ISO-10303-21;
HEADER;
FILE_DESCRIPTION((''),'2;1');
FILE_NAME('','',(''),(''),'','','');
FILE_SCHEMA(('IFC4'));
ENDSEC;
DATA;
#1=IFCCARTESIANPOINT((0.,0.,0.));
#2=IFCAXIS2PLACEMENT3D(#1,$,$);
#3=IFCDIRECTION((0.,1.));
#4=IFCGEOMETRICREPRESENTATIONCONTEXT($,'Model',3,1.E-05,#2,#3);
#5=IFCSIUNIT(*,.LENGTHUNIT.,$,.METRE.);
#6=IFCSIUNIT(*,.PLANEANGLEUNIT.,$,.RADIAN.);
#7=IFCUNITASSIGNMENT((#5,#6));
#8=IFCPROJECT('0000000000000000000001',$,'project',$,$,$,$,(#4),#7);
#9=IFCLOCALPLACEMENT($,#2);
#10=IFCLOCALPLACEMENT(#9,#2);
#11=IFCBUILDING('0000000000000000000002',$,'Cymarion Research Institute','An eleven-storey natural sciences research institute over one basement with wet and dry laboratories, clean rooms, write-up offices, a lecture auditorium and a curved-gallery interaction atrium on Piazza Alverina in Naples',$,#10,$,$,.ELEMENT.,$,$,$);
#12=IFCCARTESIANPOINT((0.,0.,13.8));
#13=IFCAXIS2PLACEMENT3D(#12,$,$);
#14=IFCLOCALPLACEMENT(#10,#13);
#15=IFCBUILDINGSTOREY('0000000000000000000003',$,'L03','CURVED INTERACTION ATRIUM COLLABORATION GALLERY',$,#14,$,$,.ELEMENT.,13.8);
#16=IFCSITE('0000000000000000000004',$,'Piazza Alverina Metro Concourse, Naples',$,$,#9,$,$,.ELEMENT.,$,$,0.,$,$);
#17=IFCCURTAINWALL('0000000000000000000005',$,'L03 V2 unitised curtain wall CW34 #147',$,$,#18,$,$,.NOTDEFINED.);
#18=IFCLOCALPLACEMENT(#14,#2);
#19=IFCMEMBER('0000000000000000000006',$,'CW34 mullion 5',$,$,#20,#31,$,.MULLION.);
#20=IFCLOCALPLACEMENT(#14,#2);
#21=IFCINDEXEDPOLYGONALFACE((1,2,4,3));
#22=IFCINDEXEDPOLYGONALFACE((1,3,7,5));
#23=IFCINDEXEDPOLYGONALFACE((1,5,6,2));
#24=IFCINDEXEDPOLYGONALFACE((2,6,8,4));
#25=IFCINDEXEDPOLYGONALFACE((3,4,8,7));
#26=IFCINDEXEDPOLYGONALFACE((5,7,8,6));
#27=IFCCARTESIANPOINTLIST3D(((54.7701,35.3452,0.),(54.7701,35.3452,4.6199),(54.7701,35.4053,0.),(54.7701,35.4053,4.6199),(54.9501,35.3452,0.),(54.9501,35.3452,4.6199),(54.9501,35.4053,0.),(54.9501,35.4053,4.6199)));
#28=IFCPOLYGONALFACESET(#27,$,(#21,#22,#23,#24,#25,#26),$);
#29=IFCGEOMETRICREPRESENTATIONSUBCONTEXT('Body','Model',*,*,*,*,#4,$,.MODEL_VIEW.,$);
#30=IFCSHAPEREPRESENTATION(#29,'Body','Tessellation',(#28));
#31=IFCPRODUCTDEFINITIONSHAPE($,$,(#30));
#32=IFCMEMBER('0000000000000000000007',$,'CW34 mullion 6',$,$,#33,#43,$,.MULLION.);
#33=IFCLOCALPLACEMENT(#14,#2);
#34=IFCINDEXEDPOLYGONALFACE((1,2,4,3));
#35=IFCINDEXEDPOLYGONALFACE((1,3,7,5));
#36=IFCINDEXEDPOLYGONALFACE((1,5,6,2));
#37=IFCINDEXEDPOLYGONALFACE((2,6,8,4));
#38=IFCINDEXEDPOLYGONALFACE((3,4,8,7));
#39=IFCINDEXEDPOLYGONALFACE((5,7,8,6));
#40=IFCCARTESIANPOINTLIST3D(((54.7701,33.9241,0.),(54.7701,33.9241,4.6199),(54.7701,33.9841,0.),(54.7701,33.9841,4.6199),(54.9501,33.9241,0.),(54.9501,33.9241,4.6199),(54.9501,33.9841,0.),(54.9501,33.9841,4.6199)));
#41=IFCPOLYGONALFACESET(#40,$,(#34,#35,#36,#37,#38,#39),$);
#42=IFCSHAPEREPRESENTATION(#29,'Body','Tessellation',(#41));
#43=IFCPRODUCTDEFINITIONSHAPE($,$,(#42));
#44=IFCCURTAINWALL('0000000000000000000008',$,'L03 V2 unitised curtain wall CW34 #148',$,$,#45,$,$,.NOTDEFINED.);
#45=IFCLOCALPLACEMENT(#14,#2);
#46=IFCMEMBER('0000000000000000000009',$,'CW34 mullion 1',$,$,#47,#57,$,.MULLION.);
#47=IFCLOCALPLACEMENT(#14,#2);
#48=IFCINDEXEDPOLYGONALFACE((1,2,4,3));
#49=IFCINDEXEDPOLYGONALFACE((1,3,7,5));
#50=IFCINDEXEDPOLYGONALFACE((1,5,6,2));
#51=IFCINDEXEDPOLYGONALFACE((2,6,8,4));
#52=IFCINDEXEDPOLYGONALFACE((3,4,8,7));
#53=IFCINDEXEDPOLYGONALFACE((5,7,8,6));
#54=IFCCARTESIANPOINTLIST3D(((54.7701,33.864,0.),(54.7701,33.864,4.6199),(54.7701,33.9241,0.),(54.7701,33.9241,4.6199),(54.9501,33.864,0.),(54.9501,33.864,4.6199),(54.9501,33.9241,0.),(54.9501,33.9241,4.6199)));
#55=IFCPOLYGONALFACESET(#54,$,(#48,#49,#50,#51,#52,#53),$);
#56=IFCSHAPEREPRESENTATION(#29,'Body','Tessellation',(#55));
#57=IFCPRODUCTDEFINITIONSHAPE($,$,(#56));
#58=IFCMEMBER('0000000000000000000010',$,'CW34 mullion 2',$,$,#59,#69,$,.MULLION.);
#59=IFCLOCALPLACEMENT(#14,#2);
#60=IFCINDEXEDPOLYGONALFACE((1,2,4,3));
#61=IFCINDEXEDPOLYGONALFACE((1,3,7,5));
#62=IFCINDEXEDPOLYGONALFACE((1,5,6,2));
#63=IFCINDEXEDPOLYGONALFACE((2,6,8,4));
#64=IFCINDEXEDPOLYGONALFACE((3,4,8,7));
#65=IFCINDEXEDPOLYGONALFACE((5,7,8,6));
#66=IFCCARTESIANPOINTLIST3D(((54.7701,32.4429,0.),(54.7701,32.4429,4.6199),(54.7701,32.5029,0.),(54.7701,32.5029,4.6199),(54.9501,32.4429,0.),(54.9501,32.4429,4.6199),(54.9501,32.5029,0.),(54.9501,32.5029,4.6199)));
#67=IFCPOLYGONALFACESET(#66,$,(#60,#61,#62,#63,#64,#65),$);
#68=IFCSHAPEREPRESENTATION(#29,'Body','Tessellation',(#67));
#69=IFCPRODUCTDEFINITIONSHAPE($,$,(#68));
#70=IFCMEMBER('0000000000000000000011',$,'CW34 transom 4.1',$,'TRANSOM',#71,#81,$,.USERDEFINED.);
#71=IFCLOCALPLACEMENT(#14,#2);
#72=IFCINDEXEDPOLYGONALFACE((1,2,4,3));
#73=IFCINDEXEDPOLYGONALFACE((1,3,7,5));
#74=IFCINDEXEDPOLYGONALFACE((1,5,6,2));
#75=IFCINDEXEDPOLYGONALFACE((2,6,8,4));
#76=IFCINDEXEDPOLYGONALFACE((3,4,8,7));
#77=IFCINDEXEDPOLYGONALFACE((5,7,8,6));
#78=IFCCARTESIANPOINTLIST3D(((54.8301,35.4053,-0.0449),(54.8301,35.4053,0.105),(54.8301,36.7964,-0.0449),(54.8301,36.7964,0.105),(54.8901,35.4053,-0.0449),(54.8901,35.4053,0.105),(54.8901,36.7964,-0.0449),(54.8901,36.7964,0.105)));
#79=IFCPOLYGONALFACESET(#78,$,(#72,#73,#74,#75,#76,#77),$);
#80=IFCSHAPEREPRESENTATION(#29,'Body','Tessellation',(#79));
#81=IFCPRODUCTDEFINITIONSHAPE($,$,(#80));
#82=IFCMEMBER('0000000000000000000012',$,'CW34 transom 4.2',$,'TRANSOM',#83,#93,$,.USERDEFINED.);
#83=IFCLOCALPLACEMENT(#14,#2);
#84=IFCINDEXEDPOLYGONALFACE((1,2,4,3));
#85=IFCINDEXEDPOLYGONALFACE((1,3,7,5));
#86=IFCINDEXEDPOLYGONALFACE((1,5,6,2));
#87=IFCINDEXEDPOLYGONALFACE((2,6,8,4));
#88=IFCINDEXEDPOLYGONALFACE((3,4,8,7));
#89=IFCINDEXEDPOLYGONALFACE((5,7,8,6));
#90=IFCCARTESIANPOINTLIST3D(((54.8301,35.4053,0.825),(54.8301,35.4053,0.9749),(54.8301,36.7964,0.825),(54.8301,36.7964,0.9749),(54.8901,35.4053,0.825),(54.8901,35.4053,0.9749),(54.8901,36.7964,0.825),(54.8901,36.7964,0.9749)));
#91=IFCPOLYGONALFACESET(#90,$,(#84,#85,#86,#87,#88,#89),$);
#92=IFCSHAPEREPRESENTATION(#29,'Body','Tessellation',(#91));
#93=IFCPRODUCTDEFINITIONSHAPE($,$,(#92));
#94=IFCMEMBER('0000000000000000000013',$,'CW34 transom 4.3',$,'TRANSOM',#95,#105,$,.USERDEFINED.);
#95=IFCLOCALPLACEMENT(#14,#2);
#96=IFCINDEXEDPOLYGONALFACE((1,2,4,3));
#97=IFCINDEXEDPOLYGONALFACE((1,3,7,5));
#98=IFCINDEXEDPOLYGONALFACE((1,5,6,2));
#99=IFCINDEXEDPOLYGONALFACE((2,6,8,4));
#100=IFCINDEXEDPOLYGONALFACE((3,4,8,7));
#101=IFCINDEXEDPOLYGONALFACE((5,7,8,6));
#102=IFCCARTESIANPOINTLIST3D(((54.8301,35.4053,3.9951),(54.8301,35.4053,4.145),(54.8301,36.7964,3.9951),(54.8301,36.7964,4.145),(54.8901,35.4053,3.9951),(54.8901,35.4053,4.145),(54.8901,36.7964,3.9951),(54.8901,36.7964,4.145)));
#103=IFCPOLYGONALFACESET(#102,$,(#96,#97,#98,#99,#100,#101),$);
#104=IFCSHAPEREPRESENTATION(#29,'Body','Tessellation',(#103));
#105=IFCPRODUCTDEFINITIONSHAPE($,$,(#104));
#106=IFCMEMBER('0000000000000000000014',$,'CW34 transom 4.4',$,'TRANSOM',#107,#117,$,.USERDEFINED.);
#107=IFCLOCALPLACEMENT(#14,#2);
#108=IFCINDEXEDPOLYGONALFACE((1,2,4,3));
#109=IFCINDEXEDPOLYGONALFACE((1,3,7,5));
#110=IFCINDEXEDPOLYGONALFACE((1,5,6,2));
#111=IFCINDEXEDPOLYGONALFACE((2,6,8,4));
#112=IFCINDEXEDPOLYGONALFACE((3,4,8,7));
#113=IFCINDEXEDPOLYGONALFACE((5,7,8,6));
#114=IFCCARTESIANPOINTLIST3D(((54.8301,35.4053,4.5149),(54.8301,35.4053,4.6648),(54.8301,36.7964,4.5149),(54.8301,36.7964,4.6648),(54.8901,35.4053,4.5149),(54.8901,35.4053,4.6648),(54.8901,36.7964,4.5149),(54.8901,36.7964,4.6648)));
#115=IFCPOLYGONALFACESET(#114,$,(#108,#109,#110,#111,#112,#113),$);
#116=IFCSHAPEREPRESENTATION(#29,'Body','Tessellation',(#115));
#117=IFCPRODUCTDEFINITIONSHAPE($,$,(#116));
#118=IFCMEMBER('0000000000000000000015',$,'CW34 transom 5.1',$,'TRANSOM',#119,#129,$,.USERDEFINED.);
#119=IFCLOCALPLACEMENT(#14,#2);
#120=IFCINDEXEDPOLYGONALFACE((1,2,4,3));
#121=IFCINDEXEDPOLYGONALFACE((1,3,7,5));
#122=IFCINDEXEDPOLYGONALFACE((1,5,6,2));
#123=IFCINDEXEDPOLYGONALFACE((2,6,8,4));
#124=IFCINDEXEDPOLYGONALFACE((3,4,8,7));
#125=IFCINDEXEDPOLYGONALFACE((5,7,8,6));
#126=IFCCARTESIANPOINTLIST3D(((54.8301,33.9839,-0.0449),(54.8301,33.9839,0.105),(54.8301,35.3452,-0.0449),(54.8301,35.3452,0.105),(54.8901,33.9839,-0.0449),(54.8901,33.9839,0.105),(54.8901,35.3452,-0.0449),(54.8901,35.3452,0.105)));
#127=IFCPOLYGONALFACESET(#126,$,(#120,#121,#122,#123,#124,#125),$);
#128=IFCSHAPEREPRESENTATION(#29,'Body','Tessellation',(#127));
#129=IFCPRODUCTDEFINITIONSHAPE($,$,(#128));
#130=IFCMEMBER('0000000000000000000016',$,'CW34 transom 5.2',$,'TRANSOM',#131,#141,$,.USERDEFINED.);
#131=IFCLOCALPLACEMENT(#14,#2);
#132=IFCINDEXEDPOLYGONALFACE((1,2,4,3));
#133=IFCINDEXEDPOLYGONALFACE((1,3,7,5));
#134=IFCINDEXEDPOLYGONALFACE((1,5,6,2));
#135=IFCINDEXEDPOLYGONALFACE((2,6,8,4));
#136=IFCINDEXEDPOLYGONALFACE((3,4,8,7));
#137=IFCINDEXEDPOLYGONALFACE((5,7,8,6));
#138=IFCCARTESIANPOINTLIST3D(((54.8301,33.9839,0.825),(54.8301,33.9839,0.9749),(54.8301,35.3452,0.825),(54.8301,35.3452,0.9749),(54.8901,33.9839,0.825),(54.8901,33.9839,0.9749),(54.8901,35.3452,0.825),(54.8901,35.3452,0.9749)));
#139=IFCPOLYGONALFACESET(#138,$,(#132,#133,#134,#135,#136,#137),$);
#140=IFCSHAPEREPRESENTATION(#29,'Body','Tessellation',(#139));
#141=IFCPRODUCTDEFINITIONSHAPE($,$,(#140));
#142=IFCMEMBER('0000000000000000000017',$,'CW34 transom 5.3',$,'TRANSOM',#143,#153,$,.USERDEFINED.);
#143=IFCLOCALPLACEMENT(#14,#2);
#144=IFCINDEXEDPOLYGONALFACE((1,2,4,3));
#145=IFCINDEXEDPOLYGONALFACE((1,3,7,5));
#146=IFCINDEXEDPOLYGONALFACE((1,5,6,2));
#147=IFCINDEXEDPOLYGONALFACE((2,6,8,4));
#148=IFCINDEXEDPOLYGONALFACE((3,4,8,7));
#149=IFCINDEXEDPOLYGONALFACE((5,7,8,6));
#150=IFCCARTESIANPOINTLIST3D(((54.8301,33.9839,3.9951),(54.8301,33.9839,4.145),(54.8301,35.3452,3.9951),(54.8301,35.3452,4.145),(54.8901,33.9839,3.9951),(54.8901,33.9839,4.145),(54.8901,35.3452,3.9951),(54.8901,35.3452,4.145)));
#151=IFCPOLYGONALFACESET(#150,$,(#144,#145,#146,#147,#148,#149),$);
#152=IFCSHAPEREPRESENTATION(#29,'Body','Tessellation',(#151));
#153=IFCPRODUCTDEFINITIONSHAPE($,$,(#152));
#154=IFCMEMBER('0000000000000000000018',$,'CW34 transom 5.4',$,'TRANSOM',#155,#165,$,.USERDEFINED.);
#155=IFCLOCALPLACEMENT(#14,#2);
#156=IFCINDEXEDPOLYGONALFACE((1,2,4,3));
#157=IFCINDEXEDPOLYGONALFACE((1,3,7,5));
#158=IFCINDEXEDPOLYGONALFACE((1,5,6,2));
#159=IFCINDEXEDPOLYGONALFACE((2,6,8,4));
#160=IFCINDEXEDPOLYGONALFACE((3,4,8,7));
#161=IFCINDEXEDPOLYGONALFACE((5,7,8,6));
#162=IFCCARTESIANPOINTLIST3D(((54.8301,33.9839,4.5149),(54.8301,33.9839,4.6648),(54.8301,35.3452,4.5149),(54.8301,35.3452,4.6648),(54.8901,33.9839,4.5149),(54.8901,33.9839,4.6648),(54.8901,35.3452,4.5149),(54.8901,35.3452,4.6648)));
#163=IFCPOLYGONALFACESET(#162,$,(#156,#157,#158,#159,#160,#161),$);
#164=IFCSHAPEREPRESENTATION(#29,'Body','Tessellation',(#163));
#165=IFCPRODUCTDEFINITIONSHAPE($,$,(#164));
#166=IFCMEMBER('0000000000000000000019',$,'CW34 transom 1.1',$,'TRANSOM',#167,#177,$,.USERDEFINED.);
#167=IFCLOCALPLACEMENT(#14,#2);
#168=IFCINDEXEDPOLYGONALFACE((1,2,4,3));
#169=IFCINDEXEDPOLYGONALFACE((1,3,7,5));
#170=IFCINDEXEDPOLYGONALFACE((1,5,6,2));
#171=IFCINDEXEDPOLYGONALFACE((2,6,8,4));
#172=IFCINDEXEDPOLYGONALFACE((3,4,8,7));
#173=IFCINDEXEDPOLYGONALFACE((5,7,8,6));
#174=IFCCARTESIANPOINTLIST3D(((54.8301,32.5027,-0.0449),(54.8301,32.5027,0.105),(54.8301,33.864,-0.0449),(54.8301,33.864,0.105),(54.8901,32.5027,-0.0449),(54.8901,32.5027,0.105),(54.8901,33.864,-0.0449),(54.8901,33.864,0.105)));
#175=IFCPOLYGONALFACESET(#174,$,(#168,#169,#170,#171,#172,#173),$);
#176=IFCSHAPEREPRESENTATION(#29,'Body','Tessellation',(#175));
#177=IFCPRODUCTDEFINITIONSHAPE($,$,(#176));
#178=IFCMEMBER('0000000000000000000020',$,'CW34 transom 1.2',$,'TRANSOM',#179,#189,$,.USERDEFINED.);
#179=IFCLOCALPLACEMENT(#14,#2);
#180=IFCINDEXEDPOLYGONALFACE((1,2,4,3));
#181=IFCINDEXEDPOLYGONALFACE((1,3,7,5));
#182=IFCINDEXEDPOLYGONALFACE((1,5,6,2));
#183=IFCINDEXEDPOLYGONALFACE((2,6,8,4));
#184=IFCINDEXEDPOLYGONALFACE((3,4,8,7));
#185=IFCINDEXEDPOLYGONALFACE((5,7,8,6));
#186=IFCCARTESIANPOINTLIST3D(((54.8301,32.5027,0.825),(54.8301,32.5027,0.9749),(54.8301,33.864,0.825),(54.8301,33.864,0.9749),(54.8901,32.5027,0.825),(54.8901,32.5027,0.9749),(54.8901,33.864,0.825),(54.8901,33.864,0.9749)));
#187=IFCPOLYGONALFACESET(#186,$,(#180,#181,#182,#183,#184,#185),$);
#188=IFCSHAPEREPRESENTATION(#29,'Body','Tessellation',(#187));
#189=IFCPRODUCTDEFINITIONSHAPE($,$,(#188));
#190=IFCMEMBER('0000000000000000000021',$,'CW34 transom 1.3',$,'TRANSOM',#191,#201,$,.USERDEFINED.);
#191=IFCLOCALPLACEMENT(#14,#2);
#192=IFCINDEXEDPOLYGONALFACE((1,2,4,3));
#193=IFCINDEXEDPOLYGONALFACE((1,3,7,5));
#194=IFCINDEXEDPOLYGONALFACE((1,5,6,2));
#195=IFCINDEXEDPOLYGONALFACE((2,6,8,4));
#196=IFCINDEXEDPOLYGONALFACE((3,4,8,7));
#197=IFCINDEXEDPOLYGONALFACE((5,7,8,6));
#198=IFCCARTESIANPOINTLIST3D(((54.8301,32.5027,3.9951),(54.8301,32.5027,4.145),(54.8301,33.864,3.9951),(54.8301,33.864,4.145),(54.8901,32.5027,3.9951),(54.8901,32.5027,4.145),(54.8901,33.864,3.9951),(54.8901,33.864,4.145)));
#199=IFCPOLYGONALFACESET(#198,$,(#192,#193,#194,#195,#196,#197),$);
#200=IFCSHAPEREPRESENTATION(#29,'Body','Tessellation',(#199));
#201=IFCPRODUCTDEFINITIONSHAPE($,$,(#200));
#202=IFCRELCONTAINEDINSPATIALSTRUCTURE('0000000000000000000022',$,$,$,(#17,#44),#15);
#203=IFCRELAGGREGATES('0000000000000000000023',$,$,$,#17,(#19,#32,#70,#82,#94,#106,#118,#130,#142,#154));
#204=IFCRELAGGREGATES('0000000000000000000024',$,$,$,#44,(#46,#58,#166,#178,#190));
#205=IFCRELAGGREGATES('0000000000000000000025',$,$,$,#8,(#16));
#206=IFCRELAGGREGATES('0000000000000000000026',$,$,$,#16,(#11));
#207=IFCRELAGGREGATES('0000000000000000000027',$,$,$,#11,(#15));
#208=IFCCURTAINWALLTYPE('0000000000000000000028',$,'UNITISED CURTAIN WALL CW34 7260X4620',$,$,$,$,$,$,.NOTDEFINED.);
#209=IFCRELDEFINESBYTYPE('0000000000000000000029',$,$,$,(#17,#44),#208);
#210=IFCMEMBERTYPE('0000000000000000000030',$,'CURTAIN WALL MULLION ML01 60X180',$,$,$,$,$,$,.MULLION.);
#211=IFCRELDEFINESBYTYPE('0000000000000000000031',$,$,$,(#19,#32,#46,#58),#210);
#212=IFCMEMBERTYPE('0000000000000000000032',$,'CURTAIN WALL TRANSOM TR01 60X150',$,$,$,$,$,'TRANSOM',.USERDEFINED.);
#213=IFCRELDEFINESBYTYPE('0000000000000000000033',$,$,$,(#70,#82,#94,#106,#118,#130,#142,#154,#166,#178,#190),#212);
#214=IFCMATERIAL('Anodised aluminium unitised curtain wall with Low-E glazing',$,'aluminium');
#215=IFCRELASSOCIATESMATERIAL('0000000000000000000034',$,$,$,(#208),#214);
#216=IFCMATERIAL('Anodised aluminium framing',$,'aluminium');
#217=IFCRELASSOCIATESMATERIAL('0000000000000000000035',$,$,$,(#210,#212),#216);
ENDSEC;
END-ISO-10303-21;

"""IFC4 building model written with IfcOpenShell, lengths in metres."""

from ifc_helpers import new_model, si_unit, direction, frame, origin, origin_2d, place, context, subcontext, project, spatial, rectangle, extrude, material, material_profile, profile_set, type_object, element, aggregate, save


model = new_model("IFC4")

# Units and contexts
model_context = context("Model", 3, precision=1e-05, world=origin(), true_north=direction((0.0, 1.0)))
body_context = subcontext(model_context, "Body", "Model", "MODEL_VIEW")
ifc_project = project(units=[si_unit("LENGTHUNIT", "METRE"), si_unit("PLANEANGLEUNIT", "RADIAN")], contexts=[model_context])

# Site, building, storey
site_placement = place(None, origin())
site = spatial("IfcSite", under=ifc_project, at=site_placement, Name="Piazza Alverina Metro Concourse, Naples", CompositionType="ELEMENT", RefElevation=0.0)
building_placement = place(site_placement, origin())
building = spatial("IfcBuilding", under=site, at=building_placement, Name="Cymarion Research Institute", Description="An eleven-storey natural sciences research institute over one basement with wet and dry laboratories, clean rooms, write-up offices, a lecture auditorium and a curved-gallery interaction atrium on Piazza Alverina in Naples", CompositionType="ELEMENT")
storey_placement = place(building_placement, frame((0.0, 0.0, 13.8)))
storey = spatial("IfcBuildingStorey", under=building, at=storey_placement, Name="L03", Description="CURVED INTERACTION ATRIUM COLLABORATION GALLERY", CompositionType="ELEMENT", Elevation=13.8)

# Curtain walls, members
ifc_material_1 = material(Name="Anodised aluminium unitised curtain wall with Low-E glazing", Category="aluminium")
curtain_wall_type = type_object("IfcCurtainWallType", Name="UNITISED CURTAIN WALL CW34 7260X4620", PredefinedType="NOTDEFINED", material=ifc_material_1)
curtain_wall_1_placement = place(storey_placement, origin())
curtain_wall_1 = element("IfcCurtainWall", 1, at=curtain_wall_1_placement, inside=storey, type_object=curtain_wall_type, Name="L03 V2 unitised curtain wall CW34 #147", PredefinedType="NOTDEFINED")
ifc_material_2 = material(Name="Anodised aluminium framing", Category="aluminium")
ifc_material_profile_1 = material_profile(ifc_material_2, rectangle(XDim=0.0601, YDim=0.1799, at=origin_2d()), Name="ALU MULLION 60x180")
ifc_profile_set_1 = profile_set([ifc_material_profile_1], Name="Anodised aluminium framing")
member_type_1 = type_object("IfcMemberType", Name="CURTAIN WALL MULLION ML01 60X180", PredefinedType="MULLION", material=ifc_profile_set_1)
member_1_placement = place(storey_placement, frame((54.8601, 35.3752, 0.0), z_axis=(0.0, 0.0, 1.0), x_axis=(0.0, -1.0, 0.0)))
member_1 = element("IfcMember", 2, at=member_1_placement, type_object=member_type_1, Name="CW34 mullion 5", PredefinedType="MULLION", context=body_context, shape_type="SweptSolid", body=[
    extrude(rectangle(XDim=0.0601, YDim=0.1799, at=origin_2d()), origin(), (0.0, 0.0, 1.0), 4.6199),
])
member_2_placement = place(storey_placement, frame((54.8601, 33.9541, 0.0), z_axis=(0.0, 0.0, 1.0), x_axis=(0.0, -1.0, 0.0)))
member_2 = element("IfcMember", 3, at=member_2_placement, type_object=member_type_1, Name="CW34 mullion 6", PredefinedType="MULLION", context=body_context, shape_type="SweptSolid", body=[
    extrude(rectangle(XDim=0.0601, YDim=0.1799, at=origin_2d()), origin(), (0.0, 0.0, 1.0), 4.6199),
])
curtain_wall_2_placement = place(storey_placement, origin())
curtain_wall_2 = element("IfcCurtainWall", 4, at=curtain_wall_2_placement, inside=storey, type_object=curtain_wall_type, Name="L03 V2 unitised curtain wall CW34 #148", PredefinedType="NOTDEFINED")
member_3_placement = place(storey_placement, frame((54.8601, 33.894, 0.0), z_axis=(0.0, 0.0, 1.0), x_axis=(0.0, -1.0, 0.0)))
member_3 = element("IfcMember", 5, at=member_3_placement, type_object=member_type_1, Name="CW34 mullion 1", PredefinedType="MULLION", context=body_context, shape_type="SweptSolid", body=[
    extrude(rectangle(XDim=0.0601, YDim=0.1799, at=origin_2d()), origin(), (0.0, 0.0, 1.0), 4.6199),
])
member_4_placement = place(storey_placement, frame((54.8601, 32.4729, 0.0), z_axis=(0.0, 0.0, 1.0), x_axis=(0.0, -1.0, 0.0)))
member_4 = element("IfcMember", 6, at=member_4_placement, type_object=member_type_1, Name="CW34 mullion 2", PredefinedType="MULLION", context=body_context, shape_type="SweptSolid", body=[
    extrude(rectangle(XDim=0.0601, YDim=0.1799, at=origin_2d()), origin(), (0.0, 0.0, 1.0), 4.6199),
])

# Members
ifc_material_profile_2 = material_profile(ifc_material_2, rectangle(XDim=0.0601, YDim=0.1499, at=origin_2d()), Name="ALU TRANSOM 60x150")
ifc_profile_set_2 = profile_set([ifc_material_profile_2], Name="Anodised aluminium framing")
member_type_2 = type_object("IfcMemberType", Name="CURTAIN WALL TRANSOM TR01 60X150", ElementType="TRANSOM", PredefinedType="USERDEFINED", material=ifc_profile_set_2)
member_5_placement = place(storey_placement, frame((54.8601, 36.7964, 0.03), z_axis=(0.0, -1.0, 0.0), x_axis=(1.0, 0.0, 0.0)))
member_5 = element("IfcMember", 7, at=member_5_placement, type_object=member_type_2, Name="CW34 transom 4.1", ObjectType="TRANSOM", PredefinedType="USERDEFINED", context=body_context, shape_type="SweptSolid", body=[
    extrude(rectangle(XDim=0.0601, YDim=0.1499, at=origin_2d()), origin(), (0.0, 0.0, 1.0), 1.3911),
])
member_6_placement = place(storey_placement, frame((54.8601, 36.7964, 0.8999), z_axis=(0.0, -1.0, 0.0), x_axis=(1.0, 0.0, 0.0)))
member_6 = element("IfcMember", 8, at=member_6_placement, type_object=member_type_2, Name="CW34 transom 4.2", ObjectType="TRANSOM", PredefinedType="USERDEFINED", context=body_context, shape_type="SweptSolid", body=[
    extrude(rectangle(XDim=0.0601, YDim=0.1499, at=origin_2d()), origin(), (0.0, 0.0, 1.0), 1.3911),
])
member_7_placement = place(storey_placement, frame((54.8601, 36.7964, 4.0701), z_axis=(0.0, -1.0, 0.0), x_axis=(1.0, 0.0, 0.0)))
member_7 = element("IfcMember", 9, at=member_7_placement, type_object=member_type_2, Name="CW34 transom 4.3", ObjectType="TRANSOM", PredefinedType="USERDEFINED", context=body_context, shape_type="SweptSolid", body=[
    extrude(rectangle(XDim=0.0601, YDim=0.1499, at=origin_2d()), origin(), (0.0, 0.0, 1.0), 1.3911),
])
member_8_placement = place(storey_placement, frame((54.8601, 36.7964, 4.5898), z_axis=(0.0, -1.0, 0.0), x_axis=(1.0, 0.0, 0.0)))
member_8 = element("IfcMember", 10, at=member_8_placement, type_object=member_type_2, Name="CW34 transom 4.4", ObjectType="TRANSOM", PredefinedType="USERDEFINED", context=body_context, shape_type="SweptSolid", body=[
    extrude(rectangle(XDim=0.0601, YDim=0.1499, at=origin_2d()), origin(), (0.0, 0.0, 1.0), 1.3911),
])
member_9_placement = place(storey_placement, frame((54.8601, 35.3452, 0.03), z_axis=(0.0, -1.0, 0.0), x_axis=(1.0, 0.0, 0.0)))
member_9 = element("IfcMember", 11, at=member_9_placement, type_object=member_type_2, Name="CW34 transom 5.1", ObjectType="TRANSOM", PredefinedType="USERDEFINED", context=body_context, shape_type="SweptSolid", body=[
    extrude(rectangle(XDim=0.0601, YDim=0.1499, at=origin_2d()), origin(), (0.0, 0.0, 1.0), 1.3613),
])
member_10_placement = place(storey_placement, frame((54.8601, 35.3452, 0.8999), z_axis=(0.0, -1.0, 0.0), x_axis=(1.0, 0.0, 0.0)))
member_10 = element("IfcMember", 12, at=member_10_placement, type_object=member_type_2, Name="CW34 transom 5.2", ObjectType="TRANSOM", PredefinedType="USERDEFINED", context=body_context, shape_type="SweptSolid", body=[
    extrude(rectangle(XDim=0.0601, YDim=0.1499, at=origin_2d()), origin(), (0.0, 0.0, 1.0), 1.3613),
])
member_11_placement = place(storey_placement, frame((54.8601, 35.3452, 4.0701), z_axis=(0.0, -1.0, 0.0), x_axis=(1.0, 0.0, 0.0)))
member_11 = element("IfcMember", 13, at=member_11_placement, type_object=member_type_2, Name="CW34 transom 5.3", ObjectType="TRANSOM", PredefinedType="USERDEFINED", context=body_context, shape_type="SweptSolid", body=[
    extrude(rectangle(XDim=0.0601, YDim=0.1499, at=origin_2d()), origin(), (0.0, 0.0, 1.0), 1.3613),
])
member_12_placement = place(storey_placement, frame((54.8601, 35.3452, 4.5898), z_axis=(0.0, -1.0, 0.0), x_axis=(1.0, 0.0, 0.0)))
member_12 = element("IfcMember", 14, at=member_12_placement, type_object=member_type_2, Name="CW34 transom 5.4", ObjectType="TRANSOM", PredefinedType="USERDEFINED", context=body_context, shape_type="SweptSolid", body=[
    extrude(rectangle(XDim=0.0601, YDim=0.1499, at=origin_2d()), origin(), (0.0, 0.0, 1.0), 1.3613),
])
member_13_placement = place(storey_placement, frame((54.8601, 33.864, 0.03), z_axis=(0.0, -1.0, 0.0), x_axis=(1.0, 0.0, 0.0)))
member_13 = element("IfcMember", 15, at=member_13_placement, type_object=member_type_2, Name="CW34 transom 1.1", ObjectType="TRANSOM", PredefinedType="USERDEFINED", context=body_context, shape_type="SweptSolid", body=[
    extrude(rectangle(XDim=0.0601, YDim=0.1499, at=origin_2d()), origin(), (0.0, 0.0, 1.0), 1.3613),
])
member_14_placement = place(storey_placement, frame((54.8601, 33.864, 0.8999), z_axis=(0.0, -1.0, 0.0), x_axis=(1.0, 0.0, 0.0)))
member_14 = element("IfcMember", 16, at=member_14_placement, type_object=member_type_2, Name="CW34 transom 1.2", ObjectType="TRANSOM", PredefinedType="USERDEFINED", context=body_context, shape_type="SweptSolid", body=[
    extrude(rectangle(XDim=0.0601, YDim=0.1499, at=origin_2d()), origin(), (0.0, 0.0, 1.0), 1.3613),
])
member_15_placement = place(storey_placement, frame((54.8601, 33.864, 4.0701), z_axis=(0.0, -1.0, 0.0), x_axis=(1.0, 0.0, 0.0)))
member_15 = element("IfcMember", 17, at=member_15_placement, type_object=member_type_2, Name="CW34 transom 1.3", ObjectType="TRANSOM", PredefinedType="USERDEFINED", context=body_context, shape_type="SweptSolid", body=[
    extrude(rectangle(XDim=0.0601, YDim=0.1499, at=origin_2d()), origin(), (0.0, 0.0, 1.0), 1.3613),
])

aggregate(curtain_wall_1, [member_1, member_2, member_5, member_6, member_7, member_8, member_9, member_10, member_11, member_12])
aggregate(curtain_wall_2, [member_3, member_4, member_13, member_14, member_15])

save(model, "model.ifc")
